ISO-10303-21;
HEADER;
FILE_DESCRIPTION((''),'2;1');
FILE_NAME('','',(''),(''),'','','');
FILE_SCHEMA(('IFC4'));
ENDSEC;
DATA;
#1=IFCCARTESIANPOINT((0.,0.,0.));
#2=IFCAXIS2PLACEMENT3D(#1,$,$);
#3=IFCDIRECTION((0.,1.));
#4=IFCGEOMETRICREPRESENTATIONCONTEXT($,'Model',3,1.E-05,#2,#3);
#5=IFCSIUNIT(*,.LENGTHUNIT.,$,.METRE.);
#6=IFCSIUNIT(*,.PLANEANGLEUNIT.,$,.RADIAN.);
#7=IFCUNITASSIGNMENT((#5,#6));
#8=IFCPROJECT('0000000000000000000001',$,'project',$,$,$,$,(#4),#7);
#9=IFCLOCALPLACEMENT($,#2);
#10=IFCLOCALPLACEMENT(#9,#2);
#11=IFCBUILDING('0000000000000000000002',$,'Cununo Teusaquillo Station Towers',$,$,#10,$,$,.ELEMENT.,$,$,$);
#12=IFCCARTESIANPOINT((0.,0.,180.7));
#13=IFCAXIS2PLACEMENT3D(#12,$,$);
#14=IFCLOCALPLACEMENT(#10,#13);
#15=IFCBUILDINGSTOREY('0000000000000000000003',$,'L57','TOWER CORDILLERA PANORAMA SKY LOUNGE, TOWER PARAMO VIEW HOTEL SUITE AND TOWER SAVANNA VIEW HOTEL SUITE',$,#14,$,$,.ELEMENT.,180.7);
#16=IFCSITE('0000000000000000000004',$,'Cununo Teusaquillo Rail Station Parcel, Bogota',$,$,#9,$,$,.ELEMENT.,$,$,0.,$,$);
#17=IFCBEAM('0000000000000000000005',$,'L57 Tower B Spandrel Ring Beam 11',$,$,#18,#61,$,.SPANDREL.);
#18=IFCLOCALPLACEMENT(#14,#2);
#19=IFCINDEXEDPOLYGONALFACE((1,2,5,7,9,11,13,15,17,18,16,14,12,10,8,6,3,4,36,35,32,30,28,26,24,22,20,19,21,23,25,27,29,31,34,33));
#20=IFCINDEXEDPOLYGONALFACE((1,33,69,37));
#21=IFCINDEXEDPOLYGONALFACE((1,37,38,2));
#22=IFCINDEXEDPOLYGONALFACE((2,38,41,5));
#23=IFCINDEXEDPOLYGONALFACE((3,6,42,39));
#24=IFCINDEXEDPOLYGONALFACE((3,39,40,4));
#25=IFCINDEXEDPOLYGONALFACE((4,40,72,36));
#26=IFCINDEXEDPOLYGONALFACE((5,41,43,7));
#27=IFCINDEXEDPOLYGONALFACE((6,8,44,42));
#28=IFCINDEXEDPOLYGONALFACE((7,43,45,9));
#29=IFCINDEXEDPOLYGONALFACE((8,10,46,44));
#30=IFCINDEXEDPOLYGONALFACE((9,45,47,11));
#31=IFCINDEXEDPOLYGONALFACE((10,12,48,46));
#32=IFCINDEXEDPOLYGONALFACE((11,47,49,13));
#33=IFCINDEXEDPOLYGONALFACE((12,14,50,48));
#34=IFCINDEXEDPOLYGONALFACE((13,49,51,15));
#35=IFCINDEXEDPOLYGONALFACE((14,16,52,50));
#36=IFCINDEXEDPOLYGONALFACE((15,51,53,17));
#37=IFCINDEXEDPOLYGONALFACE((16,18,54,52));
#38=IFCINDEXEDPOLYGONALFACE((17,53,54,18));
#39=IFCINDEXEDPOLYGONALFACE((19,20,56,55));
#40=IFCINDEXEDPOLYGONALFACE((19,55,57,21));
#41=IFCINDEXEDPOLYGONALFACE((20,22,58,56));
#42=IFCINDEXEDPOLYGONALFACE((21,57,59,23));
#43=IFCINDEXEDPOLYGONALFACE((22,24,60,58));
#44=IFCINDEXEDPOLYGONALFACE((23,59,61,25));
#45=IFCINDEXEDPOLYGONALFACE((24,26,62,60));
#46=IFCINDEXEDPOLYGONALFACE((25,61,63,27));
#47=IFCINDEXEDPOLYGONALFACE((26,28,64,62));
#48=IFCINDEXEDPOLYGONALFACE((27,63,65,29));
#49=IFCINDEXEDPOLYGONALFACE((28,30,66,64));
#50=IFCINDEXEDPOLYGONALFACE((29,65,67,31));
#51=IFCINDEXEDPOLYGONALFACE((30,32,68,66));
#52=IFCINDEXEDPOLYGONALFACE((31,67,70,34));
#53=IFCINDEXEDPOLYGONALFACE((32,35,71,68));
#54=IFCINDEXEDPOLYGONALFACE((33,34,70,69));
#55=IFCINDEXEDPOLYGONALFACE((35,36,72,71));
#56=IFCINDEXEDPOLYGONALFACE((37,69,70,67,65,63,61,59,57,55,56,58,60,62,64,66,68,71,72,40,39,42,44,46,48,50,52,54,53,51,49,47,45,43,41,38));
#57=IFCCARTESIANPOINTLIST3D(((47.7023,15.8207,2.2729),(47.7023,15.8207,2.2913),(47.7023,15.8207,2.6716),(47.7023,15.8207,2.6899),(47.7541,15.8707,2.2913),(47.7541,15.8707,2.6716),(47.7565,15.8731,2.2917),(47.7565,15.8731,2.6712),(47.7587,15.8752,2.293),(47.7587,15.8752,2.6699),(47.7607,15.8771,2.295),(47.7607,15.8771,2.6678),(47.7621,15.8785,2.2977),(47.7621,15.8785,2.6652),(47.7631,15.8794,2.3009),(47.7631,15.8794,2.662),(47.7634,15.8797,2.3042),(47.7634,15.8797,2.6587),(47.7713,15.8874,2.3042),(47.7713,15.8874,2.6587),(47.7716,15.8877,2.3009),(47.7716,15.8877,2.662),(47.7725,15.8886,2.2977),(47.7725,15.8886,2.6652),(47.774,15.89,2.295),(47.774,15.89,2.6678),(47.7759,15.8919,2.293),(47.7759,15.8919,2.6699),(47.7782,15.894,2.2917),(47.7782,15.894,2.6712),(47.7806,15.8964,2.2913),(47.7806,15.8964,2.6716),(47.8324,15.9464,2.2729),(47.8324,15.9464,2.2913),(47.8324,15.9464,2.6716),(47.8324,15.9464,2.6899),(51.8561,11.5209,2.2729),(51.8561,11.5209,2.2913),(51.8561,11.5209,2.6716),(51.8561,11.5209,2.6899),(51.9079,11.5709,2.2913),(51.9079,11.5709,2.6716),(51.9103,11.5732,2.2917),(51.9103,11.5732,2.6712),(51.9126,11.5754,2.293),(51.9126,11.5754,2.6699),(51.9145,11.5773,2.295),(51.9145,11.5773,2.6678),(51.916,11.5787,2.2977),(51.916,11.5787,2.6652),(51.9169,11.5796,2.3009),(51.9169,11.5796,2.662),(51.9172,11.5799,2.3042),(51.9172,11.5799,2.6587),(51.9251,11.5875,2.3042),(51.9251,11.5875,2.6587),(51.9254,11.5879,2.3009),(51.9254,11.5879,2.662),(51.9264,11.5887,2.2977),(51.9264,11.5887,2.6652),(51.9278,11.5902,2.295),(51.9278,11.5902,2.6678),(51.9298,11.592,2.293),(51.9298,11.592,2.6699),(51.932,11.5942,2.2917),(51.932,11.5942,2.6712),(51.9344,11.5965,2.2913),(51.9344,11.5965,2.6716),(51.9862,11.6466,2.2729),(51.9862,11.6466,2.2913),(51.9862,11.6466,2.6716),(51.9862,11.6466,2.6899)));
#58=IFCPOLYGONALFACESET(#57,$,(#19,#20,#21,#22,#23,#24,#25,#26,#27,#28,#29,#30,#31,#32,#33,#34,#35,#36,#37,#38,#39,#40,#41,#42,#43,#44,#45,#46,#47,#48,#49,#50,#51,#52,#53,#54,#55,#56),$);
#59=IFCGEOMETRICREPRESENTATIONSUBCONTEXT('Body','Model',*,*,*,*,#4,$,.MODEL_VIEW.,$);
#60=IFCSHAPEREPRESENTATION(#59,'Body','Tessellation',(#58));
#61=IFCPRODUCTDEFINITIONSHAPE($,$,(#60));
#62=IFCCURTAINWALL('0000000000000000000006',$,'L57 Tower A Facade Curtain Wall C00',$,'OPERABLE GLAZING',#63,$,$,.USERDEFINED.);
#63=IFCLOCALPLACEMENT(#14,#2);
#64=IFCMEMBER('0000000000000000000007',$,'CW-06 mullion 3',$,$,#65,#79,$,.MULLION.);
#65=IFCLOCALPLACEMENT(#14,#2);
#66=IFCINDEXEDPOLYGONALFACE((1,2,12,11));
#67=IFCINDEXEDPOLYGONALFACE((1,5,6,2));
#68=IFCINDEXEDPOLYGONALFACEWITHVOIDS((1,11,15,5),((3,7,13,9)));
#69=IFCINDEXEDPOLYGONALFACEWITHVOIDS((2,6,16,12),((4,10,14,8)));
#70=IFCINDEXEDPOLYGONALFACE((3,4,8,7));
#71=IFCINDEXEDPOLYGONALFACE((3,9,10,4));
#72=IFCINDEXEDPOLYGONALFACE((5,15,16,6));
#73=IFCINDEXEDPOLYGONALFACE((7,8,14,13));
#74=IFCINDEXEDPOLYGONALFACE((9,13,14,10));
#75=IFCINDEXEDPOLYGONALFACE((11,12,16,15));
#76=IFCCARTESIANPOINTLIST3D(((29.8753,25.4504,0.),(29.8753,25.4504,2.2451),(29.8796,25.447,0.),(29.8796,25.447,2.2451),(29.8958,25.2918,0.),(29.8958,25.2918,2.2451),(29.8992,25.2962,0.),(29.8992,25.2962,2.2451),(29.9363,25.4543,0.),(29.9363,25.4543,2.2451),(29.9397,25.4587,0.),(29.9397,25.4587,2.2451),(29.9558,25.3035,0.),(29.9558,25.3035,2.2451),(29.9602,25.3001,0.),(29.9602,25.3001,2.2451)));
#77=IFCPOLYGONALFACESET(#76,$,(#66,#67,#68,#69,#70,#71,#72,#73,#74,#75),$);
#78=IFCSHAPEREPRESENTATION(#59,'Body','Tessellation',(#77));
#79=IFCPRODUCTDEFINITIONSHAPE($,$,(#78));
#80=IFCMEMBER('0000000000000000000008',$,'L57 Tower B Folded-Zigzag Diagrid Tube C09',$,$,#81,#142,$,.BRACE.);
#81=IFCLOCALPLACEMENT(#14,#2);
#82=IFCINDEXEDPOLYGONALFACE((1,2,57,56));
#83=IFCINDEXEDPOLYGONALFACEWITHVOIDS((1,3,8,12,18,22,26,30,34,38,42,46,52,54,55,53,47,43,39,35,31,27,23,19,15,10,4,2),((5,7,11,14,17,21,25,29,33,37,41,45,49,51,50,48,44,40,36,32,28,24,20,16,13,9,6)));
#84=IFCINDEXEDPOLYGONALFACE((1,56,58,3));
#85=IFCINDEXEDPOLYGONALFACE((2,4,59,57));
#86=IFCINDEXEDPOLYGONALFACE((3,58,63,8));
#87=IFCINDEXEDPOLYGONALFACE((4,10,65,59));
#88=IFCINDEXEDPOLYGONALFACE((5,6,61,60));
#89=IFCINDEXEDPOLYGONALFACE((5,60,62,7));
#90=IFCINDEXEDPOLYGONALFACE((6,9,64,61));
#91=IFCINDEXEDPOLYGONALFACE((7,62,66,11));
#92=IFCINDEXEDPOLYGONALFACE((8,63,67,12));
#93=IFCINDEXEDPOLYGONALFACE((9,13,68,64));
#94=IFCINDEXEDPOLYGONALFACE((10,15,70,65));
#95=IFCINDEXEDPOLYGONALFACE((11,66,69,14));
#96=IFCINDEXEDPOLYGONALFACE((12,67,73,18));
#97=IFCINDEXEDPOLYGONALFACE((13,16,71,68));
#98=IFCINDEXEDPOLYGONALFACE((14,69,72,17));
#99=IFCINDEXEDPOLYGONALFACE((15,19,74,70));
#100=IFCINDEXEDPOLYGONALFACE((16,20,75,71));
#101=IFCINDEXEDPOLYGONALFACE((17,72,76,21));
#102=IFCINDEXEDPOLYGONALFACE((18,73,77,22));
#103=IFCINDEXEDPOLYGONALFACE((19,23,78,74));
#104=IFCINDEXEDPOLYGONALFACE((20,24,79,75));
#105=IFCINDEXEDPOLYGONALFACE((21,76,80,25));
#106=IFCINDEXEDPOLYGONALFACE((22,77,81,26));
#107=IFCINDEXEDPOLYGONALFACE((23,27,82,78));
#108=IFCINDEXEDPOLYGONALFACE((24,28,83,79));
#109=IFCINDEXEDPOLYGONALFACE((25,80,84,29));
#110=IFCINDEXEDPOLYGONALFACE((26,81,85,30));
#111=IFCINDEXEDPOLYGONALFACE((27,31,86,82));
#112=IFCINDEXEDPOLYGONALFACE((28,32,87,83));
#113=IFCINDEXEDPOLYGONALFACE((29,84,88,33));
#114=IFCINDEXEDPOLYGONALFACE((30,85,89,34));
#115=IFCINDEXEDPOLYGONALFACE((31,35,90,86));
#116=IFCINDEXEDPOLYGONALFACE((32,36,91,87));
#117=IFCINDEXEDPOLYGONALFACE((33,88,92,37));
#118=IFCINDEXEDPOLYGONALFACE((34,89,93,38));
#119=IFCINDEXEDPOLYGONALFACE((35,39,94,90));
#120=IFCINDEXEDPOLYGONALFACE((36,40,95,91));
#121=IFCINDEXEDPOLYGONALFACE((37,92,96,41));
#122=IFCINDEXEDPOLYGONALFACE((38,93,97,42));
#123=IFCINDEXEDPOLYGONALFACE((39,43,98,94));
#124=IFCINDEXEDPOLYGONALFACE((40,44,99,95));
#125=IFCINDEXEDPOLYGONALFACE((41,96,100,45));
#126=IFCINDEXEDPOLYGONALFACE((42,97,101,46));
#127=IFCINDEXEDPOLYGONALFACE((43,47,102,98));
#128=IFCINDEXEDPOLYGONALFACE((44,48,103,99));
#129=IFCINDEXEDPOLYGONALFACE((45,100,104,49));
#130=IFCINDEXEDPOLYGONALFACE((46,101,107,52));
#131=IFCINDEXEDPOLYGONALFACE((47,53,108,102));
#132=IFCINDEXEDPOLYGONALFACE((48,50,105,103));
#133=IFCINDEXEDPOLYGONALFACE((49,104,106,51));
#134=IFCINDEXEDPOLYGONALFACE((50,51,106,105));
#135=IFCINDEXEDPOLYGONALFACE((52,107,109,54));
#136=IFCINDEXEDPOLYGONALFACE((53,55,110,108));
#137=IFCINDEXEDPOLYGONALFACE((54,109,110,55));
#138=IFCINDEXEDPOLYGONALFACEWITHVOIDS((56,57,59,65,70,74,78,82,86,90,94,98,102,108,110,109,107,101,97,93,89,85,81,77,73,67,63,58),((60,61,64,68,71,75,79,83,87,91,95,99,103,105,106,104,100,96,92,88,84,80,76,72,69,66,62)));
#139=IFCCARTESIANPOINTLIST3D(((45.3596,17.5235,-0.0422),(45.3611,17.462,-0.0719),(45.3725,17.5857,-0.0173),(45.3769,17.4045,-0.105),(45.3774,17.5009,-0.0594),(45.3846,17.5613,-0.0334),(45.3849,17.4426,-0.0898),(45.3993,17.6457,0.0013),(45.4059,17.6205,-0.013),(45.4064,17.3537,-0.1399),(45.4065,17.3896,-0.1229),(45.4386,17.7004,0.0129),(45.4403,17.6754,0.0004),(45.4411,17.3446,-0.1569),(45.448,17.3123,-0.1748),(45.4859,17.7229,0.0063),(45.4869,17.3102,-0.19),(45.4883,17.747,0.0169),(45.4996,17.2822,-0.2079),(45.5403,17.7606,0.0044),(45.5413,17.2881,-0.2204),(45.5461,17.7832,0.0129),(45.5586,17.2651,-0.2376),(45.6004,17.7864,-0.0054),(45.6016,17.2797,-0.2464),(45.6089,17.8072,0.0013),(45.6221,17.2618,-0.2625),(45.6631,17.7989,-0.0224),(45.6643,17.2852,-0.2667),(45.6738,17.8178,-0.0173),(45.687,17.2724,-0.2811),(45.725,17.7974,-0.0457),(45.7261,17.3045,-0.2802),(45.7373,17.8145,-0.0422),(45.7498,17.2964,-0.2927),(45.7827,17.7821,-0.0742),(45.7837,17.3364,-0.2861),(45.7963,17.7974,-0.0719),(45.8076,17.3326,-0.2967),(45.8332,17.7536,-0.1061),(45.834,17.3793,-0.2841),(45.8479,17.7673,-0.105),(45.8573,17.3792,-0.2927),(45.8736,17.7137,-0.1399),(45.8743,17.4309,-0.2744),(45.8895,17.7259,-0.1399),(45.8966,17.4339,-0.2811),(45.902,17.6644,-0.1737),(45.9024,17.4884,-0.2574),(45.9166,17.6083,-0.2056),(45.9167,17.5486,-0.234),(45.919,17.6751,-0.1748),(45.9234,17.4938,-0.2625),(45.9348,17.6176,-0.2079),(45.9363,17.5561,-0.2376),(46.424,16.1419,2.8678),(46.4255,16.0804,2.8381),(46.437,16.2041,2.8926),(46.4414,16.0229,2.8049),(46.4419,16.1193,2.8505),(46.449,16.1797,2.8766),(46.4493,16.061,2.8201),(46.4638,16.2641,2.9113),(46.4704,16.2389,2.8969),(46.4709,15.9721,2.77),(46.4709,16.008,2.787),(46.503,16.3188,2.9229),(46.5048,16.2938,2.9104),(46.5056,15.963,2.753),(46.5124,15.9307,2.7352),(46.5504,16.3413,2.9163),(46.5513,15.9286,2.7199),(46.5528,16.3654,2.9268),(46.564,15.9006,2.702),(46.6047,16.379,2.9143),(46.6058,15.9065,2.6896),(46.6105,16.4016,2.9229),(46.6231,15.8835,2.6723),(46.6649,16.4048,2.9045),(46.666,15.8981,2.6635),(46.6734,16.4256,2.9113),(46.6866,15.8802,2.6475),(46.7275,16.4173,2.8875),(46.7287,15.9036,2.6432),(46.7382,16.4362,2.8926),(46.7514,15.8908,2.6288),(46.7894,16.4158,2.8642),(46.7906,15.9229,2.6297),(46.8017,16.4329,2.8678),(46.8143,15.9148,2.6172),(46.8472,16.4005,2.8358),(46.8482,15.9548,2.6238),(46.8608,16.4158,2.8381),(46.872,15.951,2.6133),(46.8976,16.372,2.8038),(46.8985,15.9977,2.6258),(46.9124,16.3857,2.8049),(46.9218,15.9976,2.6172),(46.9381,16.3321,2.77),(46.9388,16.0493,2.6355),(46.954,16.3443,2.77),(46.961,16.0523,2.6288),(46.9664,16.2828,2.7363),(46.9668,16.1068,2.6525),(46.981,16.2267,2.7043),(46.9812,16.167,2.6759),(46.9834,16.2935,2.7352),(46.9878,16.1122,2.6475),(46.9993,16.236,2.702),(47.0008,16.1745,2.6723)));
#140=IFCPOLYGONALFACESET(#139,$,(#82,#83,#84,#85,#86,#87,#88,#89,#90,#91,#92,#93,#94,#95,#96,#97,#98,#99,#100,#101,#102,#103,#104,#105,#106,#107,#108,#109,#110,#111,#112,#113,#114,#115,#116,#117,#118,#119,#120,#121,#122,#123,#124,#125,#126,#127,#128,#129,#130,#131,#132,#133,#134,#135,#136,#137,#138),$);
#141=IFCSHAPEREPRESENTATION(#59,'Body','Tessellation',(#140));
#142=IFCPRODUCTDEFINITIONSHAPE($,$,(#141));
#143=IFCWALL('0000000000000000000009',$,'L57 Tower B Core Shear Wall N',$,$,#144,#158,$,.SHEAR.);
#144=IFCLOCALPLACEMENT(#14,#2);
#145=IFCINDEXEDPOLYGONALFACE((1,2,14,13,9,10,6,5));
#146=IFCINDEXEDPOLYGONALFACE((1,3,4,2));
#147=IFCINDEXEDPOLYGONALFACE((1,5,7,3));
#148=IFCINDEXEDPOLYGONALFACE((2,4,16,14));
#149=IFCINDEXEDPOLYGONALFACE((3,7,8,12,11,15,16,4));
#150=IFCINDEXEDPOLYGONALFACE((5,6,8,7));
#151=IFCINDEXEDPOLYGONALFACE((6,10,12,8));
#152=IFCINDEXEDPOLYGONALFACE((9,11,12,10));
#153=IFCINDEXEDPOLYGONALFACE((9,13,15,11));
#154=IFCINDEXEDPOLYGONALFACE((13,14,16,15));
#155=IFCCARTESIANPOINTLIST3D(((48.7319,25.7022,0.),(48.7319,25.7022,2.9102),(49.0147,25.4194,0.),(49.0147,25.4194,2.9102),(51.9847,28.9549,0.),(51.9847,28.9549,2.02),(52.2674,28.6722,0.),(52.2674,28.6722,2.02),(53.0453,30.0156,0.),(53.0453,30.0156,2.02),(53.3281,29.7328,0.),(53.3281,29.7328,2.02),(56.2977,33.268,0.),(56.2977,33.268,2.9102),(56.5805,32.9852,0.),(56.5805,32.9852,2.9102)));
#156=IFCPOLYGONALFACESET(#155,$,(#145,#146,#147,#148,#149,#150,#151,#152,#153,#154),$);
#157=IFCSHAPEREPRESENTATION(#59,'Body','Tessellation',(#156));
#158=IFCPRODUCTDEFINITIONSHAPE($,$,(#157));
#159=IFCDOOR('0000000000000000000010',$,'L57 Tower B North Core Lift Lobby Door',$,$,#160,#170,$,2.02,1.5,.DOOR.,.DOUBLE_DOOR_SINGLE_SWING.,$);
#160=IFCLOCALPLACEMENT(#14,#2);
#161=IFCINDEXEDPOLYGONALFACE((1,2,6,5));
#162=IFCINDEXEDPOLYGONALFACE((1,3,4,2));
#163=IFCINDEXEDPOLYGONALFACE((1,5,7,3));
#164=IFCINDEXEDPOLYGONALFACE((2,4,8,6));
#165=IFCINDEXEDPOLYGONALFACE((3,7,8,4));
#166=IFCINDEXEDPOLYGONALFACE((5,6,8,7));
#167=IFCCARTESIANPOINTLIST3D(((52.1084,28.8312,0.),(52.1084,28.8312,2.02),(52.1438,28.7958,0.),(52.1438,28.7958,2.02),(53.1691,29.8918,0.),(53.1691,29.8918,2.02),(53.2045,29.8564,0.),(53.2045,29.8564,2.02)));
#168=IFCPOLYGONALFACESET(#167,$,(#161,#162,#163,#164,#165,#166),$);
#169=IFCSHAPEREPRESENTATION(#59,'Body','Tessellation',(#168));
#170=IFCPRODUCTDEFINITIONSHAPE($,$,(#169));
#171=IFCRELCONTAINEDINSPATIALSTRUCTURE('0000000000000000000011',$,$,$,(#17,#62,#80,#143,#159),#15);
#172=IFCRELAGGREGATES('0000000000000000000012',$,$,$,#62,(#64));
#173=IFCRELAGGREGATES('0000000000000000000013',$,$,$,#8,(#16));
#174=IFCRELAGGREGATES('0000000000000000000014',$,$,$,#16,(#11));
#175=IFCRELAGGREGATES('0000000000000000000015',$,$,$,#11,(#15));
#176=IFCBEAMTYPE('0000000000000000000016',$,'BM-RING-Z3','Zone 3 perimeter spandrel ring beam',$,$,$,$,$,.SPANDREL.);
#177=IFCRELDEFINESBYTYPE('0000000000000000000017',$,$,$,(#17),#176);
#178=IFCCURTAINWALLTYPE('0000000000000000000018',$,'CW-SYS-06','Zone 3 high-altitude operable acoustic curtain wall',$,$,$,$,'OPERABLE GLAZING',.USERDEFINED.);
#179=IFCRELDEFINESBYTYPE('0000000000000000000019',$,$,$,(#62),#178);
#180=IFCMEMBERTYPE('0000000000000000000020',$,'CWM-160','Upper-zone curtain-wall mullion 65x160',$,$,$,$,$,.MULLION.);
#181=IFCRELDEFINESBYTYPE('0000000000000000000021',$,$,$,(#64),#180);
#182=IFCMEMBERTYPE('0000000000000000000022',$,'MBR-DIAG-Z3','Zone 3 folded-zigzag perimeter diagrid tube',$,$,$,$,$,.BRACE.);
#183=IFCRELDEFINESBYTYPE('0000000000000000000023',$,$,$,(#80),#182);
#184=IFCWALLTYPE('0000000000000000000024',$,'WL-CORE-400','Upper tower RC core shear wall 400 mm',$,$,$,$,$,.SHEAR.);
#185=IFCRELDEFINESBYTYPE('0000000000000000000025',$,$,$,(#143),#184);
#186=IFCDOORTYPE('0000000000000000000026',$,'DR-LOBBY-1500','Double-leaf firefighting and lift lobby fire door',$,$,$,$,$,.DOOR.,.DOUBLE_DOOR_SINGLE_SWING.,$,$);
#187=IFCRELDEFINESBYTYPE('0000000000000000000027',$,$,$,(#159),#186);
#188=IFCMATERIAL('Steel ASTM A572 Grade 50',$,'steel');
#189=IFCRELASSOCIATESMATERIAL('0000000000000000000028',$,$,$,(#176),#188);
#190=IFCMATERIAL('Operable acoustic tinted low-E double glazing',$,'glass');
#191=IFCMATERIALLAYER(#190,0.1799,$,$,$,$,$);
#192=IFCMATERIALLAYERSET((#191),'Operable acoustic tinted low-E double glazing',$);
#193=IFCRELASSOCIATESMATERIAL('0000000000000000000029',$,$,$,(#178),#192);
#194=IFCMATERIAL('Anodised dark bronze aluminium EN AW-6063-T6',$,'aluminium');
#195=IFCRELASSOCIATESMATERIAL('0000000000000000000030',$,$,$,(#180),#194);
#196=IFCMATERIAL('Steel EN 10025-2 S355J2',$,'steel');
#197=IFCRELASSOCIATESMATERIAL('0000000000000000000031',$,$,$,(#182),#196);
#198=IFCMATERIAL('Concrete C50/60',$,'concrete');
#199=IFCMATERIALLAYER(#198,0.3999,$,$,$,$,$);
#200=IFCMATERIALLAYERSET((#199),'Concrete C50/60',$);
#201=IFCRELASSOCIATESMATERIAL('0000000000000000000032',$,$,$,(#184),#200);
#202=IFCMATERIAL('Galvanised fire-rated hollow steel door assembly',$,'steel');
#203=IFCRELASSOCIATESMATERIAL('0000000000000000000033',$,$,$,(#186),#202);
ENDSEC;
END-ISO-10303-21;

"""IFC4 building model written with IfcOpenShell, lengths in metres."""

from ifc_helpers import new_model, si_unit, direction, frame, frame_2d, origin, origin_2d, place, context, subcontext, project, spatial, rectangle, hollow_rectangle, hollow_circle, i_section, extrude, source, transform, mapped, material, layer, layer_set, material_profile, profile_set, type_object, element, fill, aggregate, save


model = new_model("IFC4")

# Units and contexts
model_context = context("Model", 3, precision=1e-05, world=origin(), true_north=direction((0.0, 1.0)))
body_context = subcontext(model_context, "Body", "Model", "MODEL_VIEW")
ifc_project = project(units=[si_unit("LENGTHUNIT", "METRE"), si_unit("PLANEANGLEUNIT", "RADIAN")], contexts=[model_context])

# Site, building, storey
site_placement = place(None, origin())
site = spatial("IfcSite", under=ifc_project, at=site_placement, Name="Cununo Teusaquillo Rail Station Parcel, Bogota", CompositionType="ELEMENT", RefElevation=0.0)
building_placement = place(site_placement, origin())
building = spatial("IfcBuilding", under=site, at=building_placement, Name="Cununo Teusaquillo Station Towers", CompositionType="ELEMENT")
storey_placement = place(building_placement, frame((0.0, 0.0, 180.7)))
storey = spatial("IfcBuildingStorey", under=building, at=storey_placement, Name="L57", Description="TOWER CORDILLERA PANORAMA SKY LOUNGE, TOWER PARAMO VIEW HOTEL SUITE AND TOWER SAVANNA VIEW HOTEL SUITE", CompositionType="ELEMENT", Elevation=180.7)

# Beam
ifc_material_1 = material(Name="Steel ASTM A572 Grade 50", Category="steel")
ifc_material_profile_1 = material_profile(ifc_material_1, i_section(OverallWidth=0.1809, OverallDepth=0.417, WebThickness=0.011, FlangeThickness=0.0183, FilletRadius=0.0129, at=origin_2d()), Name="W16X57")
ifc_profile_set_1 = profile_set([ifc_material_profile_1], Name="Steel ASTM A572 Grade 50")
beam_type_1 = type_object("IfcBeamType", Name="BM-RING-Z3", Description="Zone 3 perimeter spandrel ring beam", PredefinedType="SPANDREL", material=ifc_profile_set_1)
beam_1_placement = place(storey_placement, frame((47.7673, 15.8835, 2.4814), z_axis=(0.694791, -0.719211, 0.0), x_axis=(0.719211, 0.694791, 0.0)))
element("IfcBeam", 1, at=beam_1_placement, inside=storey, type_object=beam_type_1, Name="L57 Tower B Spandrel Ring Beam 11", PredefinedType="SPANDREL", context=body_context, shape_type="SweptSolid", body=[
    extrude(i_section(OverallWidth=0.1809, OverallDepth=0.417, WebThickness=0.011, FlangeThickness=0.0183, FilletRadius=0.0129, at=origin_2d()), origin(), (0.0, 0.0, 1.0), 5.9785),
])

# Curtain wall, member
ifc_material_2 = material(Name="Operable acoustic tinted low-E double glazing", Category="glass")
ifc_layer_1 = layer(ifc_material_2, 0.1799)
ifc_layer_set_1 = layer_set([ifc_layer_1], Name="Operable acoustic tinted low-E double glazing")
curtain_wall_type = type_object("IfcCurtainWallType", Name="CW-SYS-06", Description="Zone 3 high-altitude operable acoustic curtain wall", ElementType="OPERABLE GLAZING", PredefinedType="USERDEFINED", material=ifc_layer_set_1)
curtain_wall_placement = place(storey_placement, origin())
curtain_wall = element("IfcCurtainWall", 2, at=curtain_wall_placement, inside=storey, type_object=curtain_wall_type, Name="L57 Tower A Facade Curtain Wall C00", ObjectType="OPERABLE GLAZING", PredefinedType="USERDEFINED")
ifc_material_3 = material(Name="Anodised dark bronze aluminium EN AW-6063-T6", Category="aluminium")
ifc_material_profile_2 = material_profile(ifc_material_3, hollow_rectangle(XDim=0.0649, YDim=0.1599, WallThickness=0.0039, at=origin_2d()), Name="CW-MULL-65x160")
ifc_profile_set_2 = profile_set([ifc_material_profile_2], Name="Anodised dark bronze aluminium EN AW-6063-T6")
member_type_1 = type_object("IfcMemberType", Name="CWM-160", Description="Upper-zone curtain-wall mullion 65x160", PredefinedType="MULLION", material=ifc_profile_set_2)
member_1_placement = place(storey_placement, frame((29.9177, 25.3752, 0.0), z_axis=(0.0, 0.0, 1.0), x_axis=(0.991737, 0.128285, 0.0)))
member_1 = element("IfcMember", 3, at=member_1_placement, type_object=member_type_1, Name="CW-06 mullion 3", PredefinedType="MULLION", context=body_context, shape_type="SweptSolid", body=[
    extrude(hollow_rectangle(XDim=0.0649, YDim=0.1599, WallThickness=0.0039, at=origin_2d()), origin(), (0.0, 0.0, 1.0), 2.2451),
])
aggregate(curtain_wall, [member_1])

# Member
ifc_material_4 = material(Name="Steel EN 10025-2 S355J2", Category="steel")
ifc_material_profile_3 = material_profile(ifc_material_4, hollow_circle(Radius=0.3049, WallThickness=0.02, at=origin_2d()), Name="CHS 610x20")
ifc_profile_set_3 = profile_set([ifc_material_profile_3], Name="Steel EN 10025-2 S355J2")
member_type_2 = type_object("IfcMemberType", Name="MBR-DIAG-Z3", Description="Zone 3 folded-zigzag perimeter diagrid tube", PredefinedType="BRACE", material=ifc_profile_set_3)
member_2_placement = place(storey_placement, frame((45.6479, 17.5398, -0.1399), z_axis=(0.313761, -0.407242, 0.857734), x_axis=(0.792155, 0.610319, 0.0)))
element("IfcMember", 4, at=member_2_placement, inside=storey, type_object=member_type_2, Name="L57 Tower B Folded-Zigzag Diagrid Tube C09", PredefinedType="BRACE", context=body_context, shape_type="SweptSolid", body=[
    extrude(hollow_circle(Radius=0.3049, WallThickness=0.02, at=origin_2d()), origin(), (0.0, 0.0, 1.0), 3.3926),
])

# Wall, opening, door
ifc_material_5 = material(Name="Concrete C50/60", Category="concrete")
ifc_layer_2 = layer(ifc_material_5, 0.3999)
ifc_layer_set_2 = layer_set([ifc_layer_2], Name="Concrete C50/60")
wall_type_1 = type_object("IfcWallType", Name="WL-CORE-400", Description="Upper tower RC core shear wall 400 mm", PredefinedType="SHEAR", material=ifc_layer_set_2)
wall_1_placement = place(storey_placement, frame((48.8733, 25.5608, 0.0), z_axis=(0.0, 0.0, 1.0), x_axis=(0.707107, 0.707107, 0.0)))
wall_1 = element("IfcWall", 5, at=wall_1_placement, inside=storey, type_object=wall_type_1, Name="L57 Tower B Core Shear Wall N", PredefinedType="SHEAR", context=body_context, shape_type="SweptSolid", body=[
    extrude(rectangle(XDim=10.6997, YDim=0.3999, at=frame_2d((5.3499, 0.0))), origin(), (0.0, 0.0, 1.0), 2.9102),
])
shared_shape_1 = source(origin(), body_context, "Body", "SweptSolid", [
    extrude(rectangle(XDim=1.5, YDim=2.02, at=frame_2d((0.75, 1.01))), frame((0.0, 0.21, 0.0), z_axis=(0.0, -1.0, 0.0), x_axis=(1.0, 0.0, 0.0)), (0.0, 0.0, 1.0), 0.4199),
])
opening_1_placement = place(wall_1_placement, frame((4.6001, 0.0, 0.0)))
opening_1 = element("IfcOpeningElement", 6, at=opening_1_placement, cuts=wall_1, PredefinedType="OPENING", context=body_context, shape_type="MappedRepresentation", body=[
    mapped(shared_shape_1, transform((0.0, 0.0, 0.0), x_axis=(1.0, 0.0, 0.0), y_axis=(0.0, 1.0, 0.0), z_axis=(0.0, 0.0, 1.0), scale=1.0)),
])
ifc_material_6 = material(Name="Galvanised fire-rated hollow steel door assembly", Category="steel")
door_type_1 = type_object("IfcDoorType", Name="DR-LOBBY-1500", Description="Double-leaf firefighting and lift lobby fire door", OperationType="DOUBLE_DOOR_SINGLE_SWING", PredefinedType="DOOR", material=ifc_material_6)
shared_shape_2 = source(origin(), body_context, "Body", "SweptSolid", [
    extrude(rectangle(XDim=1.5, YDim=2.02, at=frame_2d((0.75, 1.01))), frame((0.0, 0.0249, 0.0), z_axis=(0.0, -1.0, 0.0), x_axis=(1.0, 0.0, 0.0)), (0.0, 0.0, 1.0), 0.05),
])
door_1_placement = place(opening_1_placement, origin())
door_1 = element("IfcDoor", 7, at=door_1_placement, inside=storey, type_object=door_type_1, Name="L57 Tower B North Core Lift Lobby Door", OperationType="DOUBLE_DOOR_SINGLE_SWING", OverallHeight=2.02, OverallWidth=1.5, PredefinedType="DOOR", context=body_context, shape_type="MappedRepresentation", body=[
    mapped(shared_shape_2, transform((0.0, 0.0, 0.0), x_axis=(1.0, 0.0, 0.0), y_axis=(0.0, 1.0, 0.0), z_axis=(0.0, 0.0, 1.0), scale=1.0)),
])
fill(opening_1, door_1)

save(model, "model.ifc")
